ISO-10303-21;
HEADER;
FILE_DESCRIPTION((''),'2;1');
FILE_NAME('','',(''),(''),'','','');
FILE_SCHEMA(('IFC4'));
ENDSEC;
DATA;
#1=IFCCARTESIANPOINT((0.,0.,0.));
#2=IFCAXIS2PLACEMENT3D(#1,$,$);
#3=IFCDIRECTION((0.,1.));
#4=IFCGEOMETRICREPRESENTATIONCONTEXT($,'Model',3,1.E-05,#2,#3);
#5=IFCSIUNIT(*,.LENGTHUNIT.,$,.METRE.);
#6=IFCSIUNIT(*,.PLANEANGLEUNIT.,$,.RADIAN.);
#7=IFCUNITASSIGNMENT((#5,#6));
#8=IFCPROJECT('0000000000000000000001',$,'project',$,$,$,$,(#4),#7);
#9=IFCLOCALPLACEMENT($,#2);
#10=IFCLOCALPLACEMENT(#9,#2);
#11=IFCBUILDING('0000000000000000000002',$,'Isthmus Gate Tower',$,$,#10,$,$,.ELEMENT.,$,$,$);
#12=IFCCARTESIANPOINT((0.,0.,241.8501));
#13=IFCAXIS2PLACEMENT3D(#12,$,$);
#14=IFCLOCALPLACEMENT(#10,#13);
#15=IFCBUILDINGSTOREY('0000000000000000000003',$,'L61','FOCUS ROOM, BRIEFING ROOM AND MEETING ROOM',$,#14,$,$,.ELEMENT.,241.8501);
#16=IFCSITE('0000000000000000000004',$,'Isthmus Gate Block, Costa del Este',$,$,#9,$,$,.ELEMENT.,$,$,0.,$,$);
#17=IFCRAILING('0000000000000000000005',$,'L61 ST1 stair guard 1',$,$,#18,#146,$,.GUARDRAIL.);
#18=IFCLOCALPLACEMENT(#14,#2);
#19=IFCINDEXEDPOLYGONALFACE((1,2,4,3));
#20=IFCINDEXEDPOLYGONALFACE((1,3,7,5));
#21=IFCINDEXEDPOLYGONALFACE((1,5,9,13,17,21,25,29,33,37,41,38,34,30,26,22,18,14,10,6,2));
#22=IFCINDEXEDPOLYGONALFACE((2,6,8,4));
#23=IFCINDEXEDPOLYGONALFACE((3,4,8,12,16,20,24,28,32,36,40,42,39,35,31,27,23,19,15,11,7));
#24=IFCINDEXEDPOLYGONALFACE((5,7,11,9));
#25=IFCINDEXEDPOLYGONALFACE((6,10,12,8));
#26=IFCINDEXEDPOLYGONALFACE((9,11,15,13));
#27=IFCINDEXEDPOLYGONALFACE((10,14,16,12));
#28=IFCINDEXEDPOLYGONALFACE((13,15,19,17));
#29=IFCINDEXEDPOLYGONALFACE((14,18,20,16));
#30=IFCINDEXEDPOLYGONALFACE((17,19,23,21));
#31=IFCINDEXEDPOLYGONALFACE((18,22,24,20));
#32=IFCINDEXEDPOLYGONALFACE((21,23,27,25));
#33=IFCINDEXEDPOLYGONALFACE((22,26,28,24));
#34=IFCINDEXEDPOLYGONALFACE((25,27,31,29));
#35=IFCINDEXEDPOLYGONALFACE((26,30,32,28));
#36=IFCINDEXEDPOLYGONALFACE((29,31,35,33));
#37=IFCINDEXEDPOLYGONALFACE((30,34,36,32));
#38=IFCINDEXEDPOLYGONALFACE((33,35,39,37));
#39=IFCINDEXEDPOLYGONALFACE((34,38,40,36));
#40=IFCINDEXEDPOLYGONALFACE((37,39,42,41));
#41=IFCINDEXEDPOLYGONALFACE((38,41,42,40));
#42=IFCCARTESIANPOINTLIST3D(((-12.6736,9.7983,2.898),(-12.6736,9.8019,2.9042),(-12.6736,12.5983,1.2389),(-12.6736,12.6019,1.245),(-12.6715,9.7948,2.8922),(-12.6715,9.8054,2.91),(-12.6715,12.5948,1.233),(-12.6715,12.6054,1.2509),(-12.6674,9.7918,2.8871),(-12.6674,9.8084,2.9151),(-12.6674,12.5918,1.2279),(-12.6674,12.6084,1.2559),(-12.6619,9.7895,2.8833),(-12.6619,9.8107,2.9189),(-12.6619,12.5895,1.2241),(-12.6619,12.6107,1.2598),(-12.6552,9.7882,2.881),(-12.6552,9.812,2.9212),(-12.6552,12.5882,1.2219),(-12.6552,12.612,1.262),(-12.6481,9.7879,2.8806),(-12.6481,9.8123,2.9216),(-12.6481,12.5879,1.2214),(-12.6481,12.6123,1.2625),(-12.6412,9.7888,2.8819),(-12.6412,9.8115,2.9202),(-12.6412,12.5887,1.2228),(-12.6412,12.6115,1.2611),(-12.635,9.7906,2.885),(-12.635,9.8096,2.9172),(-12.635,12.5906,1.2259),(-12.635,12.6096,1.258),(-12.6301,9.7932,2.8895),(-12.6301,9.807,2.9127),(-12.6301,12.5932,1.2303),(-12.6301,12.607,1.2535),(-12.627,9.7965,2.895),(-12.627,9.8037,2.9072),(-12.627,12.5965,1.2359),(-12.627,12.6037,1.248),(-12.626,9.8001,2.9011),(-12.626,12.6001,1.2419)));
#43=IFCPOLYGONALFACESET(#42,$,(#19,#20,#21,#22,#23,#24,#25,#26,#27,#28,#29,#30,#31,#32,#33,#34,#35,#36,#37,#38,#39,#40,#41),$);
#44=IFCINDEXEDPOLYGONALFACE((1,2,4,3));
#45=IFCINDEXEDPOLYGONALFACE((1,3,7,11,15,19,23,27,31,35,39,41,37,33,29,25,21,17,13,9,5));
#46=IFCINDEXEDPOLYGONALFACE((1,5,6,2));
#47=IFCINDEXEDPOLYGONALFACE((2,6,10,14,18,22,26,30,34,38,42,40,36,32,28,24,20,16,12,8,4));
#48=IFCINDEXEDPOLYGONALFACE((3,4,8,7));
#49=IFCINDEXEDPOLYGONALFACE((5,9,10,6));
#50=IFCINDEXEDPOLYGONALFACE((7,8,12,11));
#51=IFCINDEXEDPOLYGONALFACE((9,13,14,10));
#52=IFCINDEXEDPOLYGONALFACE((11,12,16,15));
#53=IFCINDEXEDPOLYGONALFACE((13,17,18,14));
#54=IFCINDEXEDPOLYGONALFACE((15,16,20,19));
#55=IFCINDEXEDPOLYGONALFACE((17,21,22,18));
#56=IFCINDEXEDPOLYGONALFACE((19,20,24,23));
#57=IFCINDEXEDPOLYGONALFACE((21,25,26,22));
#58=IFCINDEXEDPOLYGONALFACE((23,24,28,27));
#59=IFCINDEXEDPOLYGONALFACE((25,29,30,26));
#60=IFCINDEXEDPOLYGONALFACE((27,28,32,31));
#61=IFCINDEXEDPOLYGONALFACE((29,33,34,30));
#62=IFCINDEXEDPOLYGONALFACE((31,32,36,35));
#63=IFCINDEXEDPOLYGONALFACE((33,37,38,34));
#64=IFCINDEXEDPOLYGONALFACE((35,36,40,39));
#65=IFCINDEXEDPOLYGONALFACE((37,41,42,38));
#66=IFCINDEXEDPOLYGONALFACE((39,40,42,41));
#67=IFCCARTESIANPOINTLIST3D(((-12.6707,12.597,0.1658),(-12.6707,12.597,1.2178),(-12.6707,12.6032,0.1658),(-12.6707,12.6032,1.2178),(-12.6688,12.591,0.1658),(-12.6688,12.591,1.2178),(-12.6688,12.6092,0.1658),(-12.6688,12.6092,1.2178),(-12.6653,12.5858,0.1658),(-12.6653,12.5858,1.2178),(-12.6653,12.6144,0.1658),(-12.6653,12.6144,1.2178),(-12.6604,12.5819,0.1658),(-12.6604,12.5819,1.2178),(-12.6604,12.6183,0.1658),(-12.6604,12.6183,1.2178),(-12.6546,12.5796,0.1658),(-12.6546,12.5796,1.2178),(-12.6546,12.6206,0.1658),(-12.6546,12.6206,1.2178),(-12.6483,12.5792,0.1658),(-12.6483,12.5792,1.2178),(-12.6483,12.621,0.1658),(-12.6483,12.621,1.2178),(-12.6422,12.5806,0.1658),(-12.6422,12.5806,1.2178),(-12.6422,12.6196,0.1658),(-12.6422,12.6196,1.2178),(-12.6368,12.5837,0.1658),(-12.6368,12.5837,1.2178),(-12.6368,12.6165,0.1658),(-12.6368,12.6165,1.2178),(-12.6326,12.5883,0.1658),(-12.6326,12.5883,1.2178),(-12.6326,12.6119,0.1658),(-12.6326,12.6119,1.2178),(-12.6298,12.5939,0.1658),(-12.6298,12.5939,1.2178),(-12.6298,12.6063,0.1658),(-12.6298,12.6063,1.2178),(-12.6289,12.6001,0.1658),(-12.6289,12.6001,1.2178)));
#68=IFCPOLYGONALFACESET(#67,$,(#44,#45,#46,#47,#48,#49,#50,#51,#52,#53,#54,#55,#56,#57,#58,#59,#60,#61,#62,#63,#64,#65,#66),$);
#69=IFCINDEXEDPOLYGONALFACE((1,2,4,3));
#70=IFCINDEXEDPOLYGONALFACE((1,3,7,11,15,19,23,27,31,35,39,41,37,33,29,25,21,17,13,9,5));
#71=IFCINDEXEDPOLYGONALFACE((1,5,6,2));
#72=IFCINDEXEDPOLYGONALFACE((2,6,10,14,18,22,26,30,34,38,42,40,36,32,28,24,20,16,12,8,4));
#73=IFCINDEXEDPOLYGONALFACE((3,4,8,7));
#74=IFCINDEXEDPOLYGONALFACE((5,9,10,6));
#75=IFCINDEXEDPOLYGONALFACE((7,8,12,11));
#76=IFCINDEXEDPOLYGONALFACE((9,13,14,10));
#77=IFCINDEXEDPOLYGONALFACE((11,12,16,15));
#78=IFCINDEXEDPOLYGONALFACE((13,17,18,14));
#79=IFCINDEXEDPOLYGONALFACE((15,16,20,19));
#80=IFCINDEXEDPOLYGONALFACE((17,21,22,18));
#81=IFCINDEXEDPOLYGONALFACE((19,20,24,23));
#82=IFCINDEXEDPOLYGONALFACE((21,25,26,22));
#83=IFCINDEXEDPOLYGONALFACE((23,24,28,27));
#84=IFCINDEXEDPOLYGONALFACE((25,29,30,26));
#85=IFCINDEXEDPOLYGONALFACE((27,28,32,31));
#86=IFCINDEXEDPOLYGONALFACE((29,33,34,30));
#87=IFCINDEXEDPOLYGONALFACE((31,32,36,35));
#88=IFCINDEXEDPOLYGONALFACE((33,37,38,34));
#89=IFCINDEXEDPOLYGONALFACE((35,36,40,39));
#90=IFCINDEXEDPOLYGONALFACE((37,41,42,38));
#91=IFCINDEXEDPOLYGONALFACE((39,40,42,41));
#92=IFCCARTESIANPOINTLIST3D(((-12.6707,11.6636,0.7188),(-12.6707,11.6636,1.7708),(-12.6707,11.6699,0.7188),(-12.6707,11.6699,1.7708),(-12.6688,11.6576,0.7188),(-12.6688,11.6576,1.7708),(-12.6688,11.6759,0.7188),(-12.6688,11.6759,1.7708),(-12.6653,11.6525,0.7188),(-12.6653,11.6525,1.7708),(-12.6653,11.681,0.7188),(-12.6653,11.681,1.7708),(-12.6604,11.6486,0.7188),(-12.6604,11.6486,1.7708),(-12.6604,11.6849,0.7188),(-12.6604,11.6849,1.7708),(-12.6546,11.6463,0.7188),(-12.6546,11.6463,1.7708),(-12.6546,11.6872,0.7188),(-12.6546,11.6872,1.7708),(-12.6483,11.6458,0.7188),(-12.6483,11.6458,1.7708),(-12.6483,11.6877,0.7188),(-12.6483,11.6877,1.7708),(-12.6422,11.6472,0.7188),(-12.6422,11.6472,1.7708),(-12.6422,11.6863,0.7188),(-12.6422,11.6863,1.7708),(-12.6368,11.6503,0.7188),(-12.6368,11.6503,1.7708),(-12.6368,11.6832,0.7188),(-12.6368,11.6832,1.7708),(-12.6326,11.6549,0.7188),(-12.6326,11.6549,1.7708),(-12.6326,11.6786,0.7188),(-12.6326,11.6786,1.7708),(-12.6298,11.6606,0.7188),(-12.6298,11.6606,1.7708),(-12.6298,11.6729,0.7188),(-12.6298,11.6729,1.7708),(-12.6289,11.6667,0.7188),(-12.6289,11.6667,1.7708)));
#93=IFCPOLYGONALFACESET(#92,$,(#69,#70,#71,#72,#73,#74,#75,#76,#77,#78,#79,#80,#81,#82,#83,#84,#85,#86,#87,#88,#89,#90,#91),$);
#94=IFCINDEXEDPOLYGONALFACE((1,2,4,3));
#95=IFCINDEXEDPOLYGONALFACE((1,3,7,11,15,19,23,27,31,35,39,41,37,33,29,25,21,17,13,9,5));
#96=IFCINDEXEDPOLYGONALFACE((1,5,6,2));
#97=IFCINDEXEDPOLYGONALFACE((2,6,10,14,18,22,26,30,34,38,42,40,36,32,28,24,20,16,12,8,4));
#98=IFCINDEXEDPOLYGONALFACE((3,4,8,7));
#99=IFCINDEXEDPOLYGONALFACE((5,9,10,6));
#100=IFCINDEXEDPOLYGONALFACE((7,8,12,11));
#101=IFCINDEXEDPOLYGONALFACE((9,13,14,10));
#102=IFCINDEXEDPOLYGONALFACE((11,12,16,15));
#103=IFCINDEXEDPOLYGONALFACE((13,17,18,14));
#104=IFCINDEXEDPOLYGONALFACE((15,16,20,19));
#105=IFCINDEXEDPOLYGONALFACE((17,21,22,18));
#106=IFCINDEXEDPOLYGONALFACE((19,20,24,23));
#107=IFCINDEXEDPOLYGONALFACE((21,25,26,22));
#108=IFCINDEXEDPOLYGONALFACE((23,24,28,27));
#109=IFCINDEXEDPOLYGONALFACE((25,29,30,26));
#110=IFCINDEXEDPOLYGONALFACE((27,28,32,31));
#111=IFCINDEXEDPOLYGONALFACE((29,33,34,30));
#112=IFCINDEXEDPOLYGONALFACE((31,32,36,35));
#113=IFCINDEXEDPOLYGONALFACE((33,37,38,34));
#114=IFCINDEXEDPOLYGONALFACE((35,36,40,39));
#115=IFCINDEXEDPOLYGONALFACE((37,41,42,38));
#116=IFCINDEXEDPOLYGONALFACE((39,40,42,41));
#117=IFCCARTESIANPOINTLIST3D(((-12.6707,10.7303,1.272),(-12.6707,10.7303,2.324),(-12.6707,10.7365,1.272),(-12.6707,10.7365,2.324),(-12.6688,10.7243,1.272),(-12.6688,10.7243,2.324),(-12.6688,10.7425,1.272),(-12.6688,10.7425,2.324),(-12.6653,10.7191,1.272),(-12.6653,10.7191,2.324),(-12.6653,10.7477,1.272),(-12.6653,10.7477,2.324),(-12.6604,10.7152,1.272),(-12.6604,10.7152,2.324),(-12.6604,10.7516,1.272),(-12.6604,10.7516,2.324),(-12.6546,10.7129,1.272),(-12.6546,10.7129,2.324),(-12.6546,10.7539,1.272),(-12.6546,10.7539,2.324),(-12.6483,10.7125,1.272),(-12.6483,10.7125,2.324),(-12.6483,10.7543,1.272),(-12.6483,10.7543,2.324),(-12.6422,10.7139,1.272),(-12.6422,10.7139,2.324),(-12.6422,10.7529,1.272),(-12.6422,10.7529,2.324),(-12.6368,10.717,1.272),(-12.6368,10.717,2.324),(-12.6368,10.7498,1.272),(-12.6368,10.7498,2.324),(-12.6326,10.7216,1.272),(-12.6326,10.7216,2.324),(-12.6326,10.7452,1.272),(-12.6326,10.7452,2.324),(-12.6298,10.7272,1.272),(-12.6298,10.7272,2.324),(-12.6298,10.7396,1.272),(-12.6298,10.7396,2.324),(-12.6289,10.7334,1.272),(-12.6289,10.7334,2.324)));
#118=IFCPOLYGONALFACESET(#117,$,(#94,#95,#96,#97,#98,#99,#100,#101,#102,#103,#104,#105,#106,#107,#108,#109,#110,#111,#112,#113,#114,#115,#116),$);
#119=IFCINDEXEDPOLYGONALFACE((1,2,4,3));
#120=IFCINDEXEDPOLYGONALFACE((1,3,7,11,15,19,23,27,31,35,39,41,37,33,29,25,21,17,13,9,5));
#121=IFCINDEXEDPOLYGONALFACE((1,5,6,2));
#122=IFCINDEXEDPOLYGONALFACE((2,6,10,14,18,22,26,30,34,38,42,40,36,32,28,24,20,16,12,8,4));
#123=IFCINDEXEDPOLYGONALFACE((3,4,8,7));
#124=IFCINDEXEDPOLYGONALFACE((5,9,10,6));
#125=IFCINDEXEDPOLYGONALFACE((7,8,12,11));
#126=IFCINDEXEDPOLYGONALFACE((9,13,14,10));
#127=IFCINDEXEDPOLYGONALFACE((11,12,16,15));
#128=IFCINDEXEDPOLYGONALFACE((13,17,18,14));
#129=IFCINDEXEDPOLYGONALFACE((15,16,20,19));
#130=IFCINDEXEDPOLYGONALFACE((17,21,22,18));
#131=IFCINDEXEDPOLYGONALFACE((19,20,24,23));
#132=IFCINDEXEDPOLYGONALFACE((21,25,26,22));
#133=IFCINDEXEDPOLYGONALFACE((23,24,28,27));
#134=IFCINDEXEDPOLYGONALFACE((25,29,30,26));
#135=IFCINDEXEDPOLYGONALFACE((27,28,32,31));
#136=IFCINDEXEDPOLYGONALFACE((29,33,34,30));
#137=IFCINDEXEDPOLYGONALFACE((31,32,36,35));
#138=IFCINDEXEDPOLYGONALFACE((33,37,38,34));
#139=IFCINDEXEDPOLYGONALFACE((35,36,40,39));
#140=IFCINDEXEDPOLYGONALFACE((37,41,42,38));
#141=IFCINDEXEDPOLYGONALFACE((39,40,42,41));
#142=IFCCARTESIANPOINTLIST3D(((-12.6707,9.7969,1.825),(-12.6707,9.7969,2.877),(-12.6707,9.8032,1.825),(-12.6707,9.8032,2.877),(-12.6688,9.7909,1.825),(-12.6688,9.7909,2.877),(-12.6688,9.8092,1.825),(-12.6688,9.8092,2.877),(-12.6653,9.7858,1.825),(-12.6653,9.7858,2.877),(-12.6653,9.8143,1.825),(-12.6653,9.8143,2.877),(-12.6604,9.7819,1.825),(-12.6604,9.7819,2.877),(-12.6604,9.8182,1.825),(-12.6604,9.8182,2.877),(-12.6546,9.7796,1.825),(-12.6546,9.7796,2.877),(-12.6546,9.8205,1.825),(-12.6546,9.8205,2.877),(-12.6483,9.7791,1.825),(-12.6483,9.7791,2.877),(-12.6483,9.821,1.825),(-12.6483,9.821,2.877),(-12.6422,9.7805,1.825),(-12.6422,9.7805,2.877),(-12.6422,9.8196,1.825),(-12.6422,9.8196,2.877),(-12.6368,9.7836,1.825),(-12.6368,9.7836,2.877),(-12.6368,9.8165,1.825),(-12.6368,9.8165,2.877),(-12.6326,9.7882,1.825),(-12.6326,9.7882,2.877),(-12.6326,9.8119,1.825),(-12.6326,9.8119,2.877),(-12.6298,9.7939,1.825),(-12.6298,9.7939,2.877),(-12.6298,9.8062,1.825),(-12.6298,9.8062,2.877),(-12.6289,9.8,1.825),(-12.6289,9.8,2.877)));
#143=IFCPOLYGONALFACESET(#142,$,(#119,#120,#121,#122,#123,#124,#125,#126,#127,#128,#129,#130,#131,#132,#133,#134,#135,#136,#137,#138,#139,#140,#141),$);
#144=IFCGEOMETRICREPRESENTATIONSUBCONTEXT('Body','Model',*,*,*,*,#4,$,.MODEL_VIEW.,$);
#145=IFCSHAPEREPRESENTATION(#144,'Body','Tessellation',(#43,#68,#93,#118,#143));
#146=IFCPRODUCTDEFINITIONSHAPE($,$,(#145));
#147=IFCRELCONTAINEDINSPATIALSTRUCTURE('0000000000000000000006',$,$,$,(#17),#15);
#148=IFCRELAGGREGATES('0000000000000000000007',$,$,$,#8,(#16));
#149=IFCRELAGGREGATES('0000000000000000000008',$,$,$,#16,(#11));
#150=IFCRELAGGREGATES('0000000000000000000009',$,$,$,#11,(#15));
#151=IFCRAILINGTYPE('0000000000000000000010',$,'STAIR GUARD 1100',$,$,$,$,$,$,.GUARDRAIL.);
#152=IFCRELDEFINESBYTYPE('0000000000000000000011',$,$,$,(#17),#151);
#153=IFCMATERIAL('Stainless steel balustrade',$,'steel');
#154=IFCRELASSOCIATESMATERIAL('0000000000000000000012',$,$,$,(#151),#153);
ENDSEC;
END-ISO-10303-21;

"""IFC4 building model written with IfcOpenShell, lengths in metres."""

from ifc_helpers import new_model, si_unit, direction, frame, origin, origin_2d, place, context, subcontext, project, spatial, circle, extrude, material, type_object, element, save


model = new_model("IFC4")

# Units and contexts
model_context = context("Model", 3, precision=1e-05, world=origin(), true_north=direction((0.0, 1.0)))
body_context = subcontext(model_context, "Body", "Model", "MODEL_VIEW")
ifc_project = project(units=[si_unit("LENGTHUNIT", "METRE"), si_unit("PLANEANGLEUNIT", "RADIAN")], contexts=[model_context])

# Site, building, storey
site_placement = place(None, origin())
site = spatial("IfcSite", under=ifc_project, at=site_placement, Name="Isthmus Gate Block, Costa del Este", CompositionType="ELEMENT", RefElevation=0.0)
building_placement = place(site_placement, origin())
building = spatial("IfcBuilding", under=site, at=building_placement, Name="Isthmus Gate Tower", CompositionType="ELEMENT")
storey_placement = place(building_placement, frame((0.0, 0.0, 241.8501)))
storey = spatial("IfcBuildingStorey", under=building, at=storey_placement, Name="L61", Description="FOCUS ROOM, BRIEFING ROOM AND MEETING ROOM", CompositionType="ELEMENT", Elevation=241.8501)

# Railing
ifc_material_1 = material(Name="Stainless steel balustrade", Category="steel")
railing_type_1 = type_object("IfcRailingType", Name="STAIR GUARD 1100", PredefinedType="GUARDRAIL", material=ifc_material_1)
railing_1_placement = place(storey_placement, frame((-12.6499, 12.6001, 0.1658)))
element("IfcRailing", 1, at=railing_1_placement, inside=storey, type_object=railing_type_1, Name="L61 ST1 stair guard 1", PredefinedType="GUARDRAIL", context=body_context, shape_type="SweptSolid", body=[
    extrude(circle(Radius=0.0239, at=origin_2d()), frame((0.0, 0.0, 1.0762), z_axis=(0.0, -0.860306, 0.509778), x_axis=(1.0, 0.0, 0.0)), (0.0, 0.0, 1.0), 3.2546),
    extrude(circle(Radius=0.021, at=origin_2d()), origin(), (0.0, 0.0, 1.0), 1.052),
    extrude(circle(Radius=0.021, at=origin_2d()), frame((0.0, -0.9333, 0.553)), (0.0, 0.0, 1.0), 1.052),
    extrude(circle(Radius=0.021, at=origin_2d()), frame((0.0, -1.8667, 1.1062)), (0.0, 0.0, 1.0), 1.052),
    extrude(circle(Radius=0.021, at=origin_2d()), frame((0.0, -2.8, 1.6592)), (0.0, 0.0, 1.0), 1.052),
])

save(model, "model.ifc")
